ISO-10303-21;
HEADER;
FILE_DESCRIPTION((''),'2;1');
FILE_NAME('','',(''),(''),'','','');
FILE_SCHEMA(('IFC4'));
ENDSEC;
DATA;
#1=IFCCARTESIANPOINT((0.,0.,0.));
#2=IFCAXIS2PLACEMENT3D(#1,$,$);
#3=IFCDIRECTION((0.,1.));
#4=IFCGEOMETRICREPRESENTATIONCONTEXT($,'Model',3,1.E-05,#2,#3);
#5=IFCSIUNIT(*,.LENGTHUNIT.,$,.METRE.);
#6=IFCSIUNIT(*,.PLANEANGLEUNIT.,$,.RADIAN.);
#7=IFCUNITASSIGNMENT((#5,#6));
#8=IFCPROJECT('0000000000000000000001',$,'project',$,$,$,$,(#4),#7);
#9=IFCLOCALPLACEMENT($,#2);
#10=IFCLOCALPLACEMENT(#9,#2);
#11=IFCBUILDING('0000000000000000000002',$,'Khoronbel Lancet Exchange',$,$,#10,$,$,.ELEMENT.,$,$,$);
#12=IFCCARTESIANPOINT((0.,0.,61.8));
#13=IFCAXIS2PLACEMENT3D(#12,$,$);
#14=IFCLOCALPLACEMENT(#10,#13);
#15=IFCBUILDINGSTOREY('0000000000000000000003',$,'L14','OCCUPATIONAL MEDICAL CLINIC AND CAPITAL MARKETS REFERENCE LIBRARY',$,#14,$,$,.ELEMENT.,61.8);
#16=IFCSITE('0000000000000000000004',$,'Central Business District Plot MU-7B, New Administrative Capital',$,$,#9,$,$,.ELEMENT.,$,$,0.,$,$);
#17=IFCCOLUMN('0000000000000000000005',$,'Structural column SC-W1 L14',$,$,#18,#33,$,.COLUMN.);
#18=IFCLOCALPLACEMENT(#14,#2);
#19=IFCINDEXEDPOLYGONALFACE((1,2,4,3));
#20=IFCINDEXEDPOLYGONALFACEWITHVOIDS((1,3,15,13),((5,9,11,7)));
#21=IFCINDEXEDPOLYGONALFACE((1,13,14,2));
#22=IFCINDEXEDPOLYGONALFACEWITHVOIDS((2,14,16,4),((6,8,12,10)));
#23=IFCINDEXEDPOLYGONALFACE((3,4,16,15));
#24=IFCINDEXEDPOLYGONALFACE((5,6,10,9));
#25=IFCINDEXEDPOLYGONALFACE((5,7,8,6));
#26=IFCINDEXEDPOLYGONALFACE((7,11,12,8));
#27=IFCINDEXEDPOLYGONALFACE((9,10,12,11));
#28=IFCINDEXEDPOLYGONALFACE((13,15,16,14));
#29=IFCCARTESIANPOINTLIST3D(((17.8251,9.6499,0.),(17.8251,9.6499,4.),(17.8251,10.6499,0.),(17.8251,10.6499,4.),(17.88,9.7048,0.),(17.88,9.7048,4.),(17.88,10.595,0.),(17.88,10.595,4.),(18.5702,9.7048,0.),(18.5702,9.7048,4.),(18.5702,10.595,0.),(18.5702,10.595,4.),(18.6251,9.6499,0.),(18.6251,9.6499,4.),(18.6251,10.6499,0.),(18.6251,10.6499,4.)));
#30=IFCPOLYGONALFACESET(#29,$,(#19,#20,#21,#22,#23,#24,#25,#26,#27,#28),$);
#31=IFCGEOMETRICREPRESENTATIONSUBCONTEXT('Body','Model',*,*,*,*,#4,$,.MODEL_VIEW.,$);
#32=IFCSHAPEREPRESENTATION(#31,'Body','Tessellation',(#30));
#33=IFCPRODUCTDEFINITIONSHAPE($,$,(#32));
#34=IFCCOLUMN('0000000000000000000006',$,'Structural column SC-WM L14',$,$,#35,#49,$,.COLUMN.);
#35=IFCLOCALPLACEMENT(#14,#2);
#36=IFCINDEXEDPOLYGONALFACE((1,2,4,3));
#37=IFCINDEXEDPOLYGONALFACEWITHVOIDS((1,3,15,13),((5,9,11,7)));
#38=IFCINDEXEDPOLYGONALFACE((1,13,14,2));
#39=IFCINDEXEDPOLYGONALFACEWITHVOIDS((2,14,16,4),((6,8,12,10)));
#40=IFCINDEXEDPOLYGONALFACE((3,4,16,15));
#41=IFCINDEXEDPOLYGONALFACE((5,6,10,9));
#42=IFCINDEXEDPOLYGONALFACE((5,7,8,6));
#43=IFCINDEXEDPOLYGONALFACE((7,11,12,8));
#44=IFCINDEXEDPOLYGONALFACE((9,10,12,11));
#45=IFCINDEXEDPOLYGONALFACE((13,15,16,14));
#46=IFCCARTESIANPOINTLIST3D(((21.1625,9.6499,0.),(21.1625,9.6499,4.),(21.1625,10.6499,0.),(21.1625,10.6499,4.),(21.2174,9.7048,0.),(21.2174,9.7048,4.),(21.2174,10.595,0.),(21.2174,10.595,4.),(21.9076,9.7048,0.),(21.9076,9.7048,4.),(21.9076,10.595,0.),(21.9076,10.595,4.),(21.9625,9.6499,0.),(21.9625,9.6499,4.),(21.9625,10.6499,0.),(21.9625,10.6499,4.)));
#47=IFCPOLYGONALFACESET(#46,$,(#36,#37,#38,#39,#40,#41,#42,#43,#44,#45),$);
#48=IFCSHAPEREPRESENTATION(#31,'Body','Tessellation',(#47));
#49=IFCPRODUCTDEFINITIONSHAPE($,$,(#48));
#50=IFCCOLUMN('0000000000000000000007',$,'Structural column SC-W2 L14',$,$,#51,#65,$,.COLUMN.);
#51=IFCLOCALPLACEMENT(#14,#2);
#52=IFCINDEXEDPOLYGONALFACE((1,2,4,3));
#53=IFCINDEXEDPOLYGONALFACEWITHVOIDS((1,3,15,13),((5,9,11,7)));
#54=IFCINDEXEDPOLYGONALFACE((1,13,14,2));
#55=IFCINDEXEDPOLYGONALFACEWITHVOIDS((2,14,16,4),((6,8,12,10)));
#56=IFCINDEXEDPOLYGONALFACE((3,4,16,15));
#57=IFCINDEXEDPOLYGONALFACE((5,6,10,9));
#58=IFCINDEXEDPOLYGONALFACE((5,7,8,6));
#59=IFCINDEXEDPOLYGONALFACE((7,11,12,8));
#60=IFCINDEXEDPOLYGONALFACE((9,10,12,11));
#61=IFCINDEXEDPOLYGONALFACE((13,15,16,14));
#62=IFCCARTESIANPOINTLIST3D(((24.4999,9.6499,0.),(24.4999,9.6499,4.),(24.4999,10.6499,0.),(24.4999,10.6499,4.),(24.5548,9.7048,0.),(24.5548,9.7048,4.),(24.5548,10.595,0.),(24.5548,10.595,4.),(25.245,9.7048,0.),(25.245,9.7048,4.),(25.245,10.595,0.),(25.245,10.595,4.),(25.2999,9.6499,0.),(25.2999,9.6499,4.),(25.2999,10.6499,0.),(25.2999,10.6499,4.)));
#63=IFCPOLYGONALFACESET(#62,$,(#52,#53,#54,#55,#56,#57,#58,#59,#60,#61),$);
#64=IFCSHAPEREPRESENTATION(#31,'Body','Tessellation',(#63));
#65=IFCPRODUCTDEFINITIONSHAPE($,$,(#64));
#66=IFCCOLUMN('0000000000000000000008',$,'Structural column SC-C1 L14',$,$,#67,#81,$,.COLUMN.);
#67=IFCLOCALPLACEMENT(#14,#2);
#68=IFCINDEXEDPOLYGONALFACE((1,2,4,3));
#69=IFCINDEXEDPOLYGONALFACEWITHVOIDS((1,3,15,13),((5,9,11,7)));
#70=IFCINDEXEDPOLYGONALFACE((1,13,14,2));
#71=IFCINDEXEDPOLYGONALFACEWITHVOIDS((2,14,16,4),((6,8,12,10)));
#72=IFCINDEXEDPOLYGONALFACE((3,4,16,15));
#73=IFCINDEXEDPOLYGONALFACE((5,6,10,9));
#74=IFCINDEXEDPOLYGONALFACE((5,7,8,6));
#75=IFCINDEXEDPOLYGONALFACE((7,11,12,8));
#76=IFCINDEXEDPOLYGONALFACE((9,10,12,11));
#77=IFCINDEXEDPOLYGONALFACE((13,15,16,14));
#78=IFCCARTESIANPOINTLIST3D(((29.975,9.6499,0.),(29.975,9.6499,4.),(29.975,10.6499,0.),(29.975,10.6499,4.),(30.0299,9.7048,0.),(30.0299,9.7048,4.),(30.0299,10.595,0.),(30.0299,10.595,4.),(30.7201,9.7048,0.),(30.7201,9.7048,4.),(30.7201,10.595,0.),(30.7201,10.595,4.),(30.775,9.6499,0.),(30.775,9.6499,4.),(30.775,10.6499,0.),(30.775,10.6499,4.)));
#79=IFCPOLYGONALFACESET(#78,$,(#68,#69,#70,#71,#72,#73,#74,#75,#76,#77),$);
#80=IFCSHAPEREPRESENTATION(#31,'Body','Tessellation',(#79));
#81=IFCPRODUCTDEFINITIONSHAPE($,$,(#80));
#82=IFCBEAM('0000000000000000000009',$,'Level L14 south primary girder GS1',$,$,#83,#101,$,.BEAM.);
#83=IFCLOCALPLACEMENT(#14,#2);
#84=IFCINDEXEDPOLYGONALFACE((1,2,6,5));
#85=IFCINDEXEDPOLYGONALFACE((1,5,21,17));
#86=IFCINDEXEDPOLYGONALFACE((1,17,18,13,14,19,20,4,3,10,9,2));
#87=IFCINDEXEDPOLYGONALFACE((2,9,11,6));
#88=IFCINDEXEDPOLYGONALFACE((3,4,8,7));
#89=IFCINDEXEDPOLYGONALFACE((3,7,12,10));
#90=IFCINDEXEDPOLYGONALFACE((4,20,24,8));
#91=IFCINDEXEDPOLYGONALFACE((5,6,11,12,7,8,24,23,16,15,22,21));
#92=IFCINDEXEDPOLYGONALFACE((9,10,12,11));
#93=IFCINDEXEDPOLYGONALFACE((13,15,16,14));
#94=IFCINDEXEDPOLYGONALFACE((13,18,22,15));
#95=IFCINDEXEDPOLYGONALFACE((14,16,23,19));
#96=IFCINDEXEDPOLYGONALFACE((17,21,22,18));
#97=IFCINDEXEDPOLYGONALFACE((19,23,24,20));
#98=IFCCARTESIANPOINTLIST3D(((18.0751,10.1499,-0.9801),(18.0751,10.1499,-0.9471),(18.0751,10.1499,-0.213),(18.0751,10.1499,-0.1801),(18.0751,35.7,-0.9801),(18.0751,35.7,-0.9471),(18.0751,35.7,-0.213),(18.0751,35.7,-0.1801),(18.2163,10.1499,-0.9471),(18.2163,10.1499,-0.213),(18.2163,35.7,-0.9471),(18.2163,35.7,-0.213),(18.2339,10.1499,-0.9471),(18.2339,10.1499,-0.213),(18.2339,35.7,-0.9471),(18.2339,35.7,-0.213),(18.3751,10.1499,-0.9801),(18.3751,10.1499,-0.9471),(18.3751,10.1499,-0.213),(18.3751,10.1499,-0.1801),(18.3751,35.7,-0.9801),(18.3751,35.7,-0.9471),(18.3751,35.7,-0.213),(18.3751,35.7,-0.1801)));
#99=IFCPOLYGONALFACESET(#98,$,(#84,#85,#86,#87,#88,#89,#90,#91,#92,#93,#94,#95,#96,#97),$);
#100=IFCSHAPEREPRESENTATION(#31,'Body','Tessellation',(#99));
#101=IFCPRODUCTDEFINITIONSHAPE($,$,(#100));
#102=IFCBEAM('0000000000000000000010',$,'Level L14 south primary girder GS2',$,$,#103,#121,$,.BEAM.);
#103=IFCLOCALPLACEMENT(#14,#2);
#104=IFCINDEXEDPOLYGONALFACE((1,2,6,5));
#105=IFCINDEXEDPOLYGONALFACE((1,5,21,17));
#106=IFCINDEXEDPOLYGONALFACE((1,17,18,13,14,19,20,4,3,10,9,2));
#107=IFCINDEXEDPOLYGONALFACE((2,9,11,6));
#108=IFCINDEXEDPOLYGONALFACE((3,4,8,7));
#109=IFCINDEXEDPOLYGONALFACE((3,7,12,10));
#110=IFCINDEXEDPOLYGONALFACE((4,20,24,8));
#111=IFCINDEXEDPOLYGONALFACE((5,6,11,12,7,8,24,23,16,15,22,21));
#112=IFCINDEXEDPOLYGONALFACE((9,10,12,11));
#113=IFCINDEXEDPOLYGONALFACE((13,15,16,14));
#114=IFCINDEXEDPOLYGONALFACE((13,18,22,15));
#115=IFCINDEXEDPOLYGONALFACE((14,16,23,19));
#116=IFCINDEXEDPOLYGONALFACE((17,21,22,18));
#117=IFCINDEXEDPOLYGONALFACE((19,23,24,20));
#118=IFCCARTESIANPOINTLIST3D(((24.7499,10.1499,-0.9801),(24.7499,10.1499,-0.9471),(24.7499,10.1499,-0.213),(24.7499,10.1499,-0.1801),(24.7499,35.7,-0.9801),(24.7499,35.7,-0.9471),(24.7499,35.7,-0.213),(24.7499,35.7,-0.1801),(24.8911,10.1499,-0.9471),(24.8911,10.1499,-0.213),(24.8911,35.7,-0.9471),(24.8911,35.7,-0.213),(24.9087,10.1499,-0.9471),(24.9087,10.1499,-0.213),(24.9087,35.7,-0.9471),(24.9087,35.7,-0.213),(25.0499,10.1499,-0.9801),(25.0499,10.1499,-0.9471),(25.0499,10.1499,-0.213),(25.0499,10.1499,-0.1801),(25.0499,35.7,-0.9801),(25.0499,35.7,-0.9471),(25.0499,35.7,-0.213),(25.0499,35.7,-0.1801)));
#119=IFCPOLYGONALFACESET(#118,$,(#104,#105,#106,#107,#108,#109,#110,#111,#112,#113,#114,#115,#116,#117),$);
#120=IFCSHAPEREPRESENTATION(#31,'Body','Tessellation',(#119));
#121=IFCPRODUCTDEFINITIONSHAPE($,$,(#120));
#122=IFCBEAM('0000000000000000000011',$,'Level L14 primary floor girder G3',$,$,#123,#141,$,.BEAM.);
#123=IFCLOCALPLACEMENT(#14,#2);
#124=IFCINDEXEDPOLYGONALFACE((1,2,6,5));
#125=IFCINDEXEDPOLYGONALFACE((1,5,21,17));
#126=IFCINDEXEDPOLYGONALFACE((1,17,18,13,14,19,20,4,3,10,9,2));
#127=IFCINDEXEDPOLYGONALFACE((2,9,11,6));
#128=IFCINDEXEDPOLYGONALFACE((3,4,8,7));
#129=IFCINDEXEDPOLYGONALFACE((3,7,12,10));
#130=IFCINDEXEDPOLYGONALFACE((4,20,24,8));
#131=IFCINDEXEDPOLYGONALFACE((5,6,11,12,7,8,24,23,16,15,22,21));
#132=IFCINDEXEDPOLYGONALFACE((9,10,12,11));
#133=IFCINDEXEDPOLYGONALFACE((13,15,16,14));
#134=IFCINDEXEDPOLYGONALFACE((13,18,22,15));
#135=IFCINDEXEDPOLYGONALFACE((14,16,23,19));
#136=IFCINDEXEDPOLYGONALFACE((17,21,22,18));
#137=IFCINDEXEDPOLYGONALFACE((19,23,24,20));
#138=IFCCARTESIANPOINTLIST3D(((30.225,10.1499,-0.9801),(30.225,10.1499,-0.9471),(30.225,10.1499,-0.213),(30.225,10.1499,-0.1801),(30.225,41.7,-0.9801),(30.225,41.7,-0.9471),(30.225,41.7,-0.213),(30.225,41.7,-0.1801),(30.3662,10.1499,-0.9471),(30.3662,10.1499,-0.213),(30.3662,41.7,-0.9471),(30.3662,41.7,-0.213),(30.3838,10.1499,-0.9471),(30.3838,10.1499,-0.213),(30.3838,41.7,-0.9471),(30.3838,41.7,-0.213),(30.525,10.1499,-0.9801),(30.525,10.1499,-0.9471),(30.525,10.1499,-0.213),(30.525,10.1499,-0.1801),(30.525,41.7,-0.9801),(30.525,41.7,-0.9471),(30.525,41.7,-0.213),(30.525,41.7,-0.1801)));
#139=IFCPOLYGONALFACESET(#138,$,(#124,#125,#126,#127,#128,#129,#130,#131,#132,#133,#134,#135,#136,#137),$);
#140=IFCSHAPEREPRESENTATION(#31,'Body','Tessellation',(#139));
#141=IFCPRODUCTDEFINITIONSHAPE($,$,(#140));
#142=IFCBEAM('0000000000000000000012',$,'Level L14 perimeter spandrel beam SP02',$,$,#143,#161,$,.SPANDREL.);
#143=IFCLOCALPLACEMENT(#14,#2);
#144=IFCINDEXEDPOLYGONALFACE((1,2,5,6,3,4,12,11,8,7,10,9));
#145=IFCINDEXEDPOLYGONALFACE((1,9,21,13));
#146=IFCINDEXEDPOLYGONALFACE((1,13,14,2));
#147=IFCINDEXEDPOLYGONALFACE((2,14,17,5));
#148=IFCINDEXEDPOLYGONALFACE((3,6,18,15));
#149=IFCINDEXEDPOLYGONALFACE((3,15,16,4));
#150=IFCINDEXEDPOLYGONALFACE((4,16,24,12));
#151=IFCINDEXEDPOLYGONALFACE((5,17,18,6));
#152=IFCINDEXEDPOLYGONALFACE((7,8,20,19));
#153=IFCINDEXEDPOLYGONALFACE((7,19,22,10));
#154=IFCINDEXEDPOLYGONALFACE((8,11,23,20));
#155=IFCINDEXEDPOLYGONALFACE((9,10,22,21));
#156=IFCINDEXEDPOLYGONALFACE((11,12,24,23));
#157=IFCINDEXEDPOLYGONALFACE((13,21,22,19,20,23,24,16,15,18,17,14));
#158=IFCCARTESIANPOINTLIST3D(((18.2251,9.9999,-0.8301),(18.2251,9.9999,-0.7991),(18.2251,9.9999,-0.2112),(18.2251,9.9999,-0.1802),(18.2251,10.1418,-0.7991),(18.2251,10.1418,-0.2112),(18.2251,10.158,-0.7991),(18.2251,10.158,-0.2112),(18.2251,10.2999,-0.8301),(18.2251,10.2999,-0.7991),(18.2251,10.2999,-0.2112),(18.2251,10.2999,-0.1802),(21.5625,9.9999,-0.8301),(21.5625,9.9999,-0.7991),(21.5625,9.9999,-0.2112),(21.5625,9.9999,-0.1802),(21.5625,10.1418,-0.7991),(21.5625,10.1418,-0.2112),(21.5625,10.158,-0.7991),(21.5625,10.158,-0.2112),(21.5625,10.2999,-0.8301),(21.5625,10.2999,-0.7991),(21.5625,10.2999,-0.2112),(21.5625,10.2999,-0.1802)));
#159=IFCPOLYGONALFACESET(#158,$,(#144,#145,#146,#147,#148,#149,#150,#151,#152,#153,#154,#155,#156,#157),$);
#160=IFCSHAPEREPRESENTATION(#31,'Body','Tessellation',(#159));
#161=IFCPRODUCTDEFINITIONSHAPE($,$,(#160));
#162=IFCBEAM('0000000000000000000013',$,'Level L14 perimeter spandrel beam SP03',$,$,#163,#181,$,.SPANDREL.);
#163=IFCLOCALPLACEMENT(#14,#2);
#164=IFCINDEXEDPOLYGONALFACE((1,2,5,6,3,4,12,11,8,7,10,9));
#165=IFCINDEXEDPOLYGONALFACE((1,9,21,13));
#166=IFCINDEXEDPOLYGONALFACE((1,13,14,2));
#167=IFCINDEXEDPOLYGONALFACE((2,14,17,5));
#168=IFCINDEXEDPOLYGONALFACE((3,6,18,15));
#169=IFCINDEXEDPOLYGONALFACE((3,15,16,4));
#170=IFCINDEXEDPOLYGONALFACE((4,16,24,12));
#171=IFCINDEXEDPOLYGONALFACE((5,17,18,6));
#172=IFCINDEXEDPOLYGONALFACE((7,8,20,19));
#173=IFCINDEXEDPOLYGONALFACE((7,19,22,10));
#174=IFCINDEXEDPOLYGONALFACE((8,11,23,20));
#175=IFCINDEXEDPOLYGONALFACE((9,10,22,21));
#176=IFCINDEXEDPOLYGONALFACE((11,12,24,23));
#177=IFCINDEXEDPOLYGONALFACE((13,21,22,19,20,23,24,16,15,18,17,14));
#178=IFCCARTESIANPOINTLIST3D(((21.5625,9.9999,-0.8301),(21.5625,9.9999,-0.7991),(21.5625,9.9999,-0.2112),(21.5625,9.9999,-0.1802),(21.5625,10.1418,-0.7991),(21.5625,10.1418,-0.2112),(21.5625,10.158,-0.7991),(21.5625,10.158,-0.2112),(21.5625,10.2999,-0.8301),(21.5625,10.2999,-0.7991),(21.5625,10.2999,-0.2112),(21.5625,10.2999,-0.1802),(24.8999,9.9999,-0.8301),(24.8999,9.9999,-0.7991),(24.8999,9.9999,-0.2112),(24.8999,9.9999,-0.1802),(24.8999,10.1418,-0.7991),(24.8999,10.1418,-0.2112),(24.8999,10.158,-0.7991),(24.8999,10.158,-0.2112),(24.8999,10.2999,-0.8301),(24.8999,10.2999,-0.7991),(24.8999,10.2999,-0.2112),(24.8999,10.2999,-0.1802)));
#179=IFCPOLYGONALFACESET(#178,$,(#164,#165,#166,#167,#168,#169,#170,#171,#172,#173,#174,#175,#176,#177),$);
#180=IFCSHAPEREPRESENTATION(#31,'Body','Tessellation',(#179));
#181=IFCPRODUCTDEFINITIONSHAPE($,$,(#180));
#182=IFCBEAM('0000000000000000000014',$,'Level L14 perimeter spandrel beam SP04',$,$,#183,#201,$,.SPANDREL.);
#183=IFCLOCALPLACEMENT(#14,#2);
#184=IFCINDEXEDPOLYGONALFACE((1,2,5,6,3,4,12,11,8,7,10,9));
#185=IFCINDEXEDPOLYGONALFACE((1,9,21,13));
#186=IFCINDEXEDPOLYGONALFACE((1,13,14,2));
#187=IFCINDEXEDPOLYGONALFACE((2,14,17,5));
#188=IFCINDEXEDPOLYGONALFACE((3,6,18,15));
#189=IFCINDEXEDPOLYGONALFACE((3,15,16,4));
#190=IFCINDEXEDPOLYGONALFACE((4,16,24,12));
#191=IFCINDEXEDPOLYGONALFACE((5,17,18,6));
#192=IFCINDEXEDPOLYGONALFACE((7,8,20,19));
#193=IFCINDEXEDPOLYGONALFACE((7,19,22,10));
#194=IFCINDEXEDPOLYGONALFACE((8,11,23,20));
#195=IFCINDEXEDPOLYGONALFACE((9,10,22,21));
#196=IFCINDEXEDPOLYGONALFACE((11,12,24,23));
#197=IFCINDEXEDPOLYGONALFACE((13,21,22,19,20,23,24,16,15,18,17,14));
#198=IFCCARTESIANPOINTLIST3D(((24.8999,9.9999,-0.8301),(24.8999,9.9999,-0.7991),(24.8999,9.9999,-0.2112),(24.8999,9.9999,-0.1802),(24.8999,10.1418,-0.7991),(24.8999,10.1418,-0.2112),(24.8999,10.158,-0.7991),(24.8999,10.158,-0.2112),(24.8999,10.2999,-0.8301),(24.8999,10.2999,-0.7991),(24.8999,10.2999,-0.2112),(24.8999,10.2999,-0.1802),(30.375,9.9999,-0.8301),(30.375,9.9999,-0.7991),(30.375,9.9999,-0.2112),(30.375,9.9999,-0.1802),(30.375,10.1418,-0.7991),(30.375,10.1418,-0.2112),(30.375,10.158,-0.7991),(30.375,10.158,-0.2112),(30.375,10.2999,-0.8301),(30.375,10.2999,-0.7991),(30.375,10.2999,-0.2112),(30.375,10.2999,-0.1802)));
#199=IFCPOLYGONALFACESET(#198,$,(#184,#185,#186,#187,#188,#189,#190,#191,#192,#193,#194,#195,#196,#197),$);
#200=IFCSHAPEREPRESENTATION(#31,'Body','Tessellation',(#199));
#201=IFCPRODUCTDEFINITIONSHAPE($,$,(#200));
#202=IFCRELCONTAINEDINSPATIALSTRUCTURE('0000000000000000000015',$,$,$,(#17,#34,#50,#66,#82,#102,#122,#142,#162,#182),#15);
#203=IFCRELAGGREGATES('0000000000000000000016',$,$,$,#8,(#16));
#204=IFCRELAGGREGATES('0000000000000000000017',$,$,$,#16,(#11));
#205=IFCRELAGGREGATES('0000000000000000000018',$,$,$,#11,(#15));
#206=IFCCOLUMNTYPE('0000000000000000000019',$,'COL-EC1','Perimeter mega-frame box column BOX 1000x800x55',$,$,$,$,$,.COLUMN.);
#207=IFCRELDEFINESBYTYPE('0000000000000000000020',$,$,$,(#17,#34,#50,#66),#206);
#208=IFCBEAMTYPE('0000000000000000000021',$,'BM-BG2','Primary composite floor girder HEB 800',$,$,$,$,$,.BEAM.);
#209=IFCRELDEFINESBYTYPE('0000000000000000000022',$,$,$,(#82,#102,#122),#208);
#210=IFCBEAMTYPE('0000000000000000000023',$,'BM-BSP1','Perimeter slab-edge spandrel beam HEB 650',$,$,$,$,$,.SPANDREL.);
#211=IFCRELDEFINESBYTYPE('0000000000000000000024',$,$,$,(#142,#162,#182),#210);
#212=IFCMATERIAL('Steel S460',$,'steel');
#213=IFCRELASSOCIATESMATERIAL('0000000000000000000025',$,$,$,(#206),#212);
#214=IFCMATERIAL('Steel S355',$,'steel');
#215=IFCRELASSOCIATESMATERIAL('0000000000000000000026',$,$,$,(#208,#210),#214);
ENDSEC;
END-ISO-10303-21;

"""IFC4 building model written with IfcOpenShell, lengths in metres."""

from ifc_helpers import new_model, si_unit, direction, frame, origin, origin_2d, place, context, subcontext, project, spatial, hollow_rectangle, i_section, extrude, material, material_profile, profile_set, type_object, element, save


model = new_model("IFC4")

# Units and contexts
model_context = context("Model", 3, precision=1e-05, world=origin(), true_north=direction((0.0, 1.0)))
body_context = subcontext(model_context, "Body", "Model", "MODEL_VIEW")
ifc_project = project(units=[si_unit("LENGTHUNIT", "METRE"), si_unit("PLANEANGLEUNIT", "RADIAN")], contexts=[model_context])

# Site, building, storey
site_placement = place(None, origin())
site = spatial("IfcSite", under=ifc_project, at=site_placement, Name="Central Business District Plot MU-7B, New Administrative Capital", CompositionType="ELEMENT", RefElevation=0.0)
building_placement = place(site_placement, origin())
building = spatial("IfcBuilding", under=site, at=building_placement, Name="Khoronbel Lancet Exchange", CompositionType="ELEMENT")
storey_placement = place(building_placement, frame((0.0, 0.0, 61.8)))
storey = spatial("IfcBuildingStorey", under=building, at=storey_placement, Name="L14", Description="OCCUPATIONAL MEDICAL CLINIC AND CAPITAL MARKETS REFERENCE LIBRARY", CompositionType="ELEMENT", Elevation=61.8)

# Columns
ifc_material_1 = material(Name="Steel S460", Category="steel")
ifc_material_profile_1 = material_profile(ifc_material_1, hollow_rectangle(XDim=0.8, YDim=1.0, WallThickness=0.0549, at=origin_2d()), Name="BOX 1000x800x55")
ifc_profile_set_1 = profile_set([ifc_material_profile_1], Name="Steel S460")
column_type = type_object("IfcColumnType", Name="COL-EC1", Description="Perimeter mega-frame box column BOX 1000x800x55", PredefinedType="COLUMN", material=ifc_profile_set_1)
for number, where, z_axis, x_axis, name in (
    (1, (18.2251, 10.1499, 0.0), (0.0, 0.0, 1.0), (1.0, 0.0, 0.0), "Structural column SC-W1 L14"),
    (2, (21.5625, 10.1499, 0.0), (0.0, 0.0, 1.0), (1.0, 0.0, 0.0), "Structural column SC-WM L14"),
    (3, (24.8999, 10.1499, 0.0), (0.0, 0.0, 1.0), (1.0, 0.0, 0.0), "Structural column SC-W2 L14"),
    (4, (30.375, 10.1499, 0.0), (0.0, 0.0, 1.0), (1.0, 0.0, 0.0), "Structural column SC-C1 L14"),
):
    element("IfcColumn", number, at=place(storey_placement, frame(where, z_axis=z_axis, x_axis=x_axis)), inside=storey, type_object=column_type, Name=name, PredefinedType="COLUMN", context=body_context, shape_type="SweptSolid", body=[
        extrude(hollow_rectangle(XDim=0.8, YDim=1.0, WallThickness=0.0549, at=origin_2d()), origin(), (0.0, 0.0, 1.0), 4.0),
    ])

# Beams
ifc_material_2 = material(Name="Steel S355", Category="steel")
ifc_material_profile_2 = material_profile(ifc_material_2, i_section(OverallWidth=0.3, OverallDepth=0.8, WebThickness=0.0176, FlangeThickness=0.033, at=origin_2d()), Name="HEB 800")
ifc_profile_set_2 = profile_set([ifc_material_profile_2], Name="Steel S355")
beam_type_1 = type_object("IfcBeamType", Name="BM-BG2", Description="Primary composite floor girder HEB 800", PredefinedType="BEAM", material=ifc_profile_set_2)
for number, where, z_axis, x_axis, name in (
    (5, (18.2251, 10.1499, -0.5801), (0.0, 1.0, 0.0), (-1.0, 0.0, 0.0), "Level L14 south primary girder GS1"),
    (6, (24.8999, 10.1499, -0.5801), (0.0, 1.0, 0.0), (-1.0, 0.0, 0.0), "Level L14 south primary girder GS2"),
):
    element("IfcBeam", number, at=place(storey_placement, frame(where, z_axis=z_axis, x_axis=x_axis)), inside=storey, type_object=beam_type_1, Name=name, PredefinedType="BEAM", context=body_context, shape_type="SweptSolid", body=[
        extrude(i_section(OverallWidth=0.3, OverallDepth=0.8, WebThickness=0.0176, FlangeThickness=0.033, at=origin_2d()), origin(), (0.0, 0.0, 1.0), 25.55),
    ])
beam_1_placement = place(storey_placement, frame((30.375, 10.1499, -0.5801), z_axis=(0.0, 1.0, 0.0), x_axis=(-1.0, 0.0, 0.0)))
element("IfcBeam", 7, at=beam_1_placement, inside=storey, type_object=beam_type_1, Name="Level L14 primary floor girder G3", PredefinedType="BEAM", context=body_context, shape_type="SweptSolid", body=[
    extrude(i_section(OverallWidth=0.3, OverallDepth=0.8, WebThickness=0.0176, FlangeThickness=0.033, at=origin_2d()), origin(), (0.0, 0.0, 1.0), 31.55),
])
ifc_material_profile_3 = material_profile(ifc_material_2, i_section(OverallWidth=0.3, OverallDepth=0.6499, WebThickness=0.0161, FlangeThickness=0.031, at=origin_2d()), Name="HEB 650")
ifc_profile_set_3 = profile_set([ifc_material_profile_3], Name="Steel S355")
beam_type_2 = type_object("IfcBeamType", Name="BM-BSP1", Description="Perimeter slab-edge spandrel beam HEB 650", PredefinedType="SPANDREL", material=ifc_profile_set_3)
for number, where, z_axis, x_axis, name in (
    (8, (18.2251, 10.1499, -0.5051), (1.0, 0.0, 0.0), (0.0, 1.0, 0.0), "Level L14 perimeter spandrel beam SP02"),
    (9, (21.5625, 10.1499, -0.5051), (1.0, 0.0, 0.0), (0.0, 1.0, 0.0), "Level L14 perimeter spandrel beam SP03"),
):
    element("IfcBeam", number, at=place(storey_placement, frame(where, z_axis=z_axis, x_axis=x_axis)), inside=storey, type_object=beam_type_2, Name=name, PredefinedType="SPANDREL", context=body_context, shape_type="SweptSolid", body=[
        extrude(i_section(OverallWidth=0.3, OverallDepth=0.6499, WebThickness=0.0161, FlangeThickness=0.031, at=origin_2d()), origin(), (0.0, 0.0, 1.0), 3.3374),
    ])
beam_2_placement = place(storey_placement, frame((24.8999, 10.1499, -0.5051), z_axis=(1.0, 0.0, 0.0), x_axis=(0.0, 1.0, 0.0)))
element("IfcBeam", 10, at=beam_2_placement, inside=storey, type_object=beam_type_2, Name="Level L14 perimeter spandrel beam SP04", PredefinedType="SPANDREL", context=body_context, shape_type="SweptSolid", body=[
    extrude(i_section(OverallWidth=0.3, OverallDepth=0.6499, WebThickness=0.0161, FlangeThickness=0.031, at=origin_2d()), origin(), (0.0, 0.0, 1.0), 5.4751),
])

save(model, "model.ifc")
